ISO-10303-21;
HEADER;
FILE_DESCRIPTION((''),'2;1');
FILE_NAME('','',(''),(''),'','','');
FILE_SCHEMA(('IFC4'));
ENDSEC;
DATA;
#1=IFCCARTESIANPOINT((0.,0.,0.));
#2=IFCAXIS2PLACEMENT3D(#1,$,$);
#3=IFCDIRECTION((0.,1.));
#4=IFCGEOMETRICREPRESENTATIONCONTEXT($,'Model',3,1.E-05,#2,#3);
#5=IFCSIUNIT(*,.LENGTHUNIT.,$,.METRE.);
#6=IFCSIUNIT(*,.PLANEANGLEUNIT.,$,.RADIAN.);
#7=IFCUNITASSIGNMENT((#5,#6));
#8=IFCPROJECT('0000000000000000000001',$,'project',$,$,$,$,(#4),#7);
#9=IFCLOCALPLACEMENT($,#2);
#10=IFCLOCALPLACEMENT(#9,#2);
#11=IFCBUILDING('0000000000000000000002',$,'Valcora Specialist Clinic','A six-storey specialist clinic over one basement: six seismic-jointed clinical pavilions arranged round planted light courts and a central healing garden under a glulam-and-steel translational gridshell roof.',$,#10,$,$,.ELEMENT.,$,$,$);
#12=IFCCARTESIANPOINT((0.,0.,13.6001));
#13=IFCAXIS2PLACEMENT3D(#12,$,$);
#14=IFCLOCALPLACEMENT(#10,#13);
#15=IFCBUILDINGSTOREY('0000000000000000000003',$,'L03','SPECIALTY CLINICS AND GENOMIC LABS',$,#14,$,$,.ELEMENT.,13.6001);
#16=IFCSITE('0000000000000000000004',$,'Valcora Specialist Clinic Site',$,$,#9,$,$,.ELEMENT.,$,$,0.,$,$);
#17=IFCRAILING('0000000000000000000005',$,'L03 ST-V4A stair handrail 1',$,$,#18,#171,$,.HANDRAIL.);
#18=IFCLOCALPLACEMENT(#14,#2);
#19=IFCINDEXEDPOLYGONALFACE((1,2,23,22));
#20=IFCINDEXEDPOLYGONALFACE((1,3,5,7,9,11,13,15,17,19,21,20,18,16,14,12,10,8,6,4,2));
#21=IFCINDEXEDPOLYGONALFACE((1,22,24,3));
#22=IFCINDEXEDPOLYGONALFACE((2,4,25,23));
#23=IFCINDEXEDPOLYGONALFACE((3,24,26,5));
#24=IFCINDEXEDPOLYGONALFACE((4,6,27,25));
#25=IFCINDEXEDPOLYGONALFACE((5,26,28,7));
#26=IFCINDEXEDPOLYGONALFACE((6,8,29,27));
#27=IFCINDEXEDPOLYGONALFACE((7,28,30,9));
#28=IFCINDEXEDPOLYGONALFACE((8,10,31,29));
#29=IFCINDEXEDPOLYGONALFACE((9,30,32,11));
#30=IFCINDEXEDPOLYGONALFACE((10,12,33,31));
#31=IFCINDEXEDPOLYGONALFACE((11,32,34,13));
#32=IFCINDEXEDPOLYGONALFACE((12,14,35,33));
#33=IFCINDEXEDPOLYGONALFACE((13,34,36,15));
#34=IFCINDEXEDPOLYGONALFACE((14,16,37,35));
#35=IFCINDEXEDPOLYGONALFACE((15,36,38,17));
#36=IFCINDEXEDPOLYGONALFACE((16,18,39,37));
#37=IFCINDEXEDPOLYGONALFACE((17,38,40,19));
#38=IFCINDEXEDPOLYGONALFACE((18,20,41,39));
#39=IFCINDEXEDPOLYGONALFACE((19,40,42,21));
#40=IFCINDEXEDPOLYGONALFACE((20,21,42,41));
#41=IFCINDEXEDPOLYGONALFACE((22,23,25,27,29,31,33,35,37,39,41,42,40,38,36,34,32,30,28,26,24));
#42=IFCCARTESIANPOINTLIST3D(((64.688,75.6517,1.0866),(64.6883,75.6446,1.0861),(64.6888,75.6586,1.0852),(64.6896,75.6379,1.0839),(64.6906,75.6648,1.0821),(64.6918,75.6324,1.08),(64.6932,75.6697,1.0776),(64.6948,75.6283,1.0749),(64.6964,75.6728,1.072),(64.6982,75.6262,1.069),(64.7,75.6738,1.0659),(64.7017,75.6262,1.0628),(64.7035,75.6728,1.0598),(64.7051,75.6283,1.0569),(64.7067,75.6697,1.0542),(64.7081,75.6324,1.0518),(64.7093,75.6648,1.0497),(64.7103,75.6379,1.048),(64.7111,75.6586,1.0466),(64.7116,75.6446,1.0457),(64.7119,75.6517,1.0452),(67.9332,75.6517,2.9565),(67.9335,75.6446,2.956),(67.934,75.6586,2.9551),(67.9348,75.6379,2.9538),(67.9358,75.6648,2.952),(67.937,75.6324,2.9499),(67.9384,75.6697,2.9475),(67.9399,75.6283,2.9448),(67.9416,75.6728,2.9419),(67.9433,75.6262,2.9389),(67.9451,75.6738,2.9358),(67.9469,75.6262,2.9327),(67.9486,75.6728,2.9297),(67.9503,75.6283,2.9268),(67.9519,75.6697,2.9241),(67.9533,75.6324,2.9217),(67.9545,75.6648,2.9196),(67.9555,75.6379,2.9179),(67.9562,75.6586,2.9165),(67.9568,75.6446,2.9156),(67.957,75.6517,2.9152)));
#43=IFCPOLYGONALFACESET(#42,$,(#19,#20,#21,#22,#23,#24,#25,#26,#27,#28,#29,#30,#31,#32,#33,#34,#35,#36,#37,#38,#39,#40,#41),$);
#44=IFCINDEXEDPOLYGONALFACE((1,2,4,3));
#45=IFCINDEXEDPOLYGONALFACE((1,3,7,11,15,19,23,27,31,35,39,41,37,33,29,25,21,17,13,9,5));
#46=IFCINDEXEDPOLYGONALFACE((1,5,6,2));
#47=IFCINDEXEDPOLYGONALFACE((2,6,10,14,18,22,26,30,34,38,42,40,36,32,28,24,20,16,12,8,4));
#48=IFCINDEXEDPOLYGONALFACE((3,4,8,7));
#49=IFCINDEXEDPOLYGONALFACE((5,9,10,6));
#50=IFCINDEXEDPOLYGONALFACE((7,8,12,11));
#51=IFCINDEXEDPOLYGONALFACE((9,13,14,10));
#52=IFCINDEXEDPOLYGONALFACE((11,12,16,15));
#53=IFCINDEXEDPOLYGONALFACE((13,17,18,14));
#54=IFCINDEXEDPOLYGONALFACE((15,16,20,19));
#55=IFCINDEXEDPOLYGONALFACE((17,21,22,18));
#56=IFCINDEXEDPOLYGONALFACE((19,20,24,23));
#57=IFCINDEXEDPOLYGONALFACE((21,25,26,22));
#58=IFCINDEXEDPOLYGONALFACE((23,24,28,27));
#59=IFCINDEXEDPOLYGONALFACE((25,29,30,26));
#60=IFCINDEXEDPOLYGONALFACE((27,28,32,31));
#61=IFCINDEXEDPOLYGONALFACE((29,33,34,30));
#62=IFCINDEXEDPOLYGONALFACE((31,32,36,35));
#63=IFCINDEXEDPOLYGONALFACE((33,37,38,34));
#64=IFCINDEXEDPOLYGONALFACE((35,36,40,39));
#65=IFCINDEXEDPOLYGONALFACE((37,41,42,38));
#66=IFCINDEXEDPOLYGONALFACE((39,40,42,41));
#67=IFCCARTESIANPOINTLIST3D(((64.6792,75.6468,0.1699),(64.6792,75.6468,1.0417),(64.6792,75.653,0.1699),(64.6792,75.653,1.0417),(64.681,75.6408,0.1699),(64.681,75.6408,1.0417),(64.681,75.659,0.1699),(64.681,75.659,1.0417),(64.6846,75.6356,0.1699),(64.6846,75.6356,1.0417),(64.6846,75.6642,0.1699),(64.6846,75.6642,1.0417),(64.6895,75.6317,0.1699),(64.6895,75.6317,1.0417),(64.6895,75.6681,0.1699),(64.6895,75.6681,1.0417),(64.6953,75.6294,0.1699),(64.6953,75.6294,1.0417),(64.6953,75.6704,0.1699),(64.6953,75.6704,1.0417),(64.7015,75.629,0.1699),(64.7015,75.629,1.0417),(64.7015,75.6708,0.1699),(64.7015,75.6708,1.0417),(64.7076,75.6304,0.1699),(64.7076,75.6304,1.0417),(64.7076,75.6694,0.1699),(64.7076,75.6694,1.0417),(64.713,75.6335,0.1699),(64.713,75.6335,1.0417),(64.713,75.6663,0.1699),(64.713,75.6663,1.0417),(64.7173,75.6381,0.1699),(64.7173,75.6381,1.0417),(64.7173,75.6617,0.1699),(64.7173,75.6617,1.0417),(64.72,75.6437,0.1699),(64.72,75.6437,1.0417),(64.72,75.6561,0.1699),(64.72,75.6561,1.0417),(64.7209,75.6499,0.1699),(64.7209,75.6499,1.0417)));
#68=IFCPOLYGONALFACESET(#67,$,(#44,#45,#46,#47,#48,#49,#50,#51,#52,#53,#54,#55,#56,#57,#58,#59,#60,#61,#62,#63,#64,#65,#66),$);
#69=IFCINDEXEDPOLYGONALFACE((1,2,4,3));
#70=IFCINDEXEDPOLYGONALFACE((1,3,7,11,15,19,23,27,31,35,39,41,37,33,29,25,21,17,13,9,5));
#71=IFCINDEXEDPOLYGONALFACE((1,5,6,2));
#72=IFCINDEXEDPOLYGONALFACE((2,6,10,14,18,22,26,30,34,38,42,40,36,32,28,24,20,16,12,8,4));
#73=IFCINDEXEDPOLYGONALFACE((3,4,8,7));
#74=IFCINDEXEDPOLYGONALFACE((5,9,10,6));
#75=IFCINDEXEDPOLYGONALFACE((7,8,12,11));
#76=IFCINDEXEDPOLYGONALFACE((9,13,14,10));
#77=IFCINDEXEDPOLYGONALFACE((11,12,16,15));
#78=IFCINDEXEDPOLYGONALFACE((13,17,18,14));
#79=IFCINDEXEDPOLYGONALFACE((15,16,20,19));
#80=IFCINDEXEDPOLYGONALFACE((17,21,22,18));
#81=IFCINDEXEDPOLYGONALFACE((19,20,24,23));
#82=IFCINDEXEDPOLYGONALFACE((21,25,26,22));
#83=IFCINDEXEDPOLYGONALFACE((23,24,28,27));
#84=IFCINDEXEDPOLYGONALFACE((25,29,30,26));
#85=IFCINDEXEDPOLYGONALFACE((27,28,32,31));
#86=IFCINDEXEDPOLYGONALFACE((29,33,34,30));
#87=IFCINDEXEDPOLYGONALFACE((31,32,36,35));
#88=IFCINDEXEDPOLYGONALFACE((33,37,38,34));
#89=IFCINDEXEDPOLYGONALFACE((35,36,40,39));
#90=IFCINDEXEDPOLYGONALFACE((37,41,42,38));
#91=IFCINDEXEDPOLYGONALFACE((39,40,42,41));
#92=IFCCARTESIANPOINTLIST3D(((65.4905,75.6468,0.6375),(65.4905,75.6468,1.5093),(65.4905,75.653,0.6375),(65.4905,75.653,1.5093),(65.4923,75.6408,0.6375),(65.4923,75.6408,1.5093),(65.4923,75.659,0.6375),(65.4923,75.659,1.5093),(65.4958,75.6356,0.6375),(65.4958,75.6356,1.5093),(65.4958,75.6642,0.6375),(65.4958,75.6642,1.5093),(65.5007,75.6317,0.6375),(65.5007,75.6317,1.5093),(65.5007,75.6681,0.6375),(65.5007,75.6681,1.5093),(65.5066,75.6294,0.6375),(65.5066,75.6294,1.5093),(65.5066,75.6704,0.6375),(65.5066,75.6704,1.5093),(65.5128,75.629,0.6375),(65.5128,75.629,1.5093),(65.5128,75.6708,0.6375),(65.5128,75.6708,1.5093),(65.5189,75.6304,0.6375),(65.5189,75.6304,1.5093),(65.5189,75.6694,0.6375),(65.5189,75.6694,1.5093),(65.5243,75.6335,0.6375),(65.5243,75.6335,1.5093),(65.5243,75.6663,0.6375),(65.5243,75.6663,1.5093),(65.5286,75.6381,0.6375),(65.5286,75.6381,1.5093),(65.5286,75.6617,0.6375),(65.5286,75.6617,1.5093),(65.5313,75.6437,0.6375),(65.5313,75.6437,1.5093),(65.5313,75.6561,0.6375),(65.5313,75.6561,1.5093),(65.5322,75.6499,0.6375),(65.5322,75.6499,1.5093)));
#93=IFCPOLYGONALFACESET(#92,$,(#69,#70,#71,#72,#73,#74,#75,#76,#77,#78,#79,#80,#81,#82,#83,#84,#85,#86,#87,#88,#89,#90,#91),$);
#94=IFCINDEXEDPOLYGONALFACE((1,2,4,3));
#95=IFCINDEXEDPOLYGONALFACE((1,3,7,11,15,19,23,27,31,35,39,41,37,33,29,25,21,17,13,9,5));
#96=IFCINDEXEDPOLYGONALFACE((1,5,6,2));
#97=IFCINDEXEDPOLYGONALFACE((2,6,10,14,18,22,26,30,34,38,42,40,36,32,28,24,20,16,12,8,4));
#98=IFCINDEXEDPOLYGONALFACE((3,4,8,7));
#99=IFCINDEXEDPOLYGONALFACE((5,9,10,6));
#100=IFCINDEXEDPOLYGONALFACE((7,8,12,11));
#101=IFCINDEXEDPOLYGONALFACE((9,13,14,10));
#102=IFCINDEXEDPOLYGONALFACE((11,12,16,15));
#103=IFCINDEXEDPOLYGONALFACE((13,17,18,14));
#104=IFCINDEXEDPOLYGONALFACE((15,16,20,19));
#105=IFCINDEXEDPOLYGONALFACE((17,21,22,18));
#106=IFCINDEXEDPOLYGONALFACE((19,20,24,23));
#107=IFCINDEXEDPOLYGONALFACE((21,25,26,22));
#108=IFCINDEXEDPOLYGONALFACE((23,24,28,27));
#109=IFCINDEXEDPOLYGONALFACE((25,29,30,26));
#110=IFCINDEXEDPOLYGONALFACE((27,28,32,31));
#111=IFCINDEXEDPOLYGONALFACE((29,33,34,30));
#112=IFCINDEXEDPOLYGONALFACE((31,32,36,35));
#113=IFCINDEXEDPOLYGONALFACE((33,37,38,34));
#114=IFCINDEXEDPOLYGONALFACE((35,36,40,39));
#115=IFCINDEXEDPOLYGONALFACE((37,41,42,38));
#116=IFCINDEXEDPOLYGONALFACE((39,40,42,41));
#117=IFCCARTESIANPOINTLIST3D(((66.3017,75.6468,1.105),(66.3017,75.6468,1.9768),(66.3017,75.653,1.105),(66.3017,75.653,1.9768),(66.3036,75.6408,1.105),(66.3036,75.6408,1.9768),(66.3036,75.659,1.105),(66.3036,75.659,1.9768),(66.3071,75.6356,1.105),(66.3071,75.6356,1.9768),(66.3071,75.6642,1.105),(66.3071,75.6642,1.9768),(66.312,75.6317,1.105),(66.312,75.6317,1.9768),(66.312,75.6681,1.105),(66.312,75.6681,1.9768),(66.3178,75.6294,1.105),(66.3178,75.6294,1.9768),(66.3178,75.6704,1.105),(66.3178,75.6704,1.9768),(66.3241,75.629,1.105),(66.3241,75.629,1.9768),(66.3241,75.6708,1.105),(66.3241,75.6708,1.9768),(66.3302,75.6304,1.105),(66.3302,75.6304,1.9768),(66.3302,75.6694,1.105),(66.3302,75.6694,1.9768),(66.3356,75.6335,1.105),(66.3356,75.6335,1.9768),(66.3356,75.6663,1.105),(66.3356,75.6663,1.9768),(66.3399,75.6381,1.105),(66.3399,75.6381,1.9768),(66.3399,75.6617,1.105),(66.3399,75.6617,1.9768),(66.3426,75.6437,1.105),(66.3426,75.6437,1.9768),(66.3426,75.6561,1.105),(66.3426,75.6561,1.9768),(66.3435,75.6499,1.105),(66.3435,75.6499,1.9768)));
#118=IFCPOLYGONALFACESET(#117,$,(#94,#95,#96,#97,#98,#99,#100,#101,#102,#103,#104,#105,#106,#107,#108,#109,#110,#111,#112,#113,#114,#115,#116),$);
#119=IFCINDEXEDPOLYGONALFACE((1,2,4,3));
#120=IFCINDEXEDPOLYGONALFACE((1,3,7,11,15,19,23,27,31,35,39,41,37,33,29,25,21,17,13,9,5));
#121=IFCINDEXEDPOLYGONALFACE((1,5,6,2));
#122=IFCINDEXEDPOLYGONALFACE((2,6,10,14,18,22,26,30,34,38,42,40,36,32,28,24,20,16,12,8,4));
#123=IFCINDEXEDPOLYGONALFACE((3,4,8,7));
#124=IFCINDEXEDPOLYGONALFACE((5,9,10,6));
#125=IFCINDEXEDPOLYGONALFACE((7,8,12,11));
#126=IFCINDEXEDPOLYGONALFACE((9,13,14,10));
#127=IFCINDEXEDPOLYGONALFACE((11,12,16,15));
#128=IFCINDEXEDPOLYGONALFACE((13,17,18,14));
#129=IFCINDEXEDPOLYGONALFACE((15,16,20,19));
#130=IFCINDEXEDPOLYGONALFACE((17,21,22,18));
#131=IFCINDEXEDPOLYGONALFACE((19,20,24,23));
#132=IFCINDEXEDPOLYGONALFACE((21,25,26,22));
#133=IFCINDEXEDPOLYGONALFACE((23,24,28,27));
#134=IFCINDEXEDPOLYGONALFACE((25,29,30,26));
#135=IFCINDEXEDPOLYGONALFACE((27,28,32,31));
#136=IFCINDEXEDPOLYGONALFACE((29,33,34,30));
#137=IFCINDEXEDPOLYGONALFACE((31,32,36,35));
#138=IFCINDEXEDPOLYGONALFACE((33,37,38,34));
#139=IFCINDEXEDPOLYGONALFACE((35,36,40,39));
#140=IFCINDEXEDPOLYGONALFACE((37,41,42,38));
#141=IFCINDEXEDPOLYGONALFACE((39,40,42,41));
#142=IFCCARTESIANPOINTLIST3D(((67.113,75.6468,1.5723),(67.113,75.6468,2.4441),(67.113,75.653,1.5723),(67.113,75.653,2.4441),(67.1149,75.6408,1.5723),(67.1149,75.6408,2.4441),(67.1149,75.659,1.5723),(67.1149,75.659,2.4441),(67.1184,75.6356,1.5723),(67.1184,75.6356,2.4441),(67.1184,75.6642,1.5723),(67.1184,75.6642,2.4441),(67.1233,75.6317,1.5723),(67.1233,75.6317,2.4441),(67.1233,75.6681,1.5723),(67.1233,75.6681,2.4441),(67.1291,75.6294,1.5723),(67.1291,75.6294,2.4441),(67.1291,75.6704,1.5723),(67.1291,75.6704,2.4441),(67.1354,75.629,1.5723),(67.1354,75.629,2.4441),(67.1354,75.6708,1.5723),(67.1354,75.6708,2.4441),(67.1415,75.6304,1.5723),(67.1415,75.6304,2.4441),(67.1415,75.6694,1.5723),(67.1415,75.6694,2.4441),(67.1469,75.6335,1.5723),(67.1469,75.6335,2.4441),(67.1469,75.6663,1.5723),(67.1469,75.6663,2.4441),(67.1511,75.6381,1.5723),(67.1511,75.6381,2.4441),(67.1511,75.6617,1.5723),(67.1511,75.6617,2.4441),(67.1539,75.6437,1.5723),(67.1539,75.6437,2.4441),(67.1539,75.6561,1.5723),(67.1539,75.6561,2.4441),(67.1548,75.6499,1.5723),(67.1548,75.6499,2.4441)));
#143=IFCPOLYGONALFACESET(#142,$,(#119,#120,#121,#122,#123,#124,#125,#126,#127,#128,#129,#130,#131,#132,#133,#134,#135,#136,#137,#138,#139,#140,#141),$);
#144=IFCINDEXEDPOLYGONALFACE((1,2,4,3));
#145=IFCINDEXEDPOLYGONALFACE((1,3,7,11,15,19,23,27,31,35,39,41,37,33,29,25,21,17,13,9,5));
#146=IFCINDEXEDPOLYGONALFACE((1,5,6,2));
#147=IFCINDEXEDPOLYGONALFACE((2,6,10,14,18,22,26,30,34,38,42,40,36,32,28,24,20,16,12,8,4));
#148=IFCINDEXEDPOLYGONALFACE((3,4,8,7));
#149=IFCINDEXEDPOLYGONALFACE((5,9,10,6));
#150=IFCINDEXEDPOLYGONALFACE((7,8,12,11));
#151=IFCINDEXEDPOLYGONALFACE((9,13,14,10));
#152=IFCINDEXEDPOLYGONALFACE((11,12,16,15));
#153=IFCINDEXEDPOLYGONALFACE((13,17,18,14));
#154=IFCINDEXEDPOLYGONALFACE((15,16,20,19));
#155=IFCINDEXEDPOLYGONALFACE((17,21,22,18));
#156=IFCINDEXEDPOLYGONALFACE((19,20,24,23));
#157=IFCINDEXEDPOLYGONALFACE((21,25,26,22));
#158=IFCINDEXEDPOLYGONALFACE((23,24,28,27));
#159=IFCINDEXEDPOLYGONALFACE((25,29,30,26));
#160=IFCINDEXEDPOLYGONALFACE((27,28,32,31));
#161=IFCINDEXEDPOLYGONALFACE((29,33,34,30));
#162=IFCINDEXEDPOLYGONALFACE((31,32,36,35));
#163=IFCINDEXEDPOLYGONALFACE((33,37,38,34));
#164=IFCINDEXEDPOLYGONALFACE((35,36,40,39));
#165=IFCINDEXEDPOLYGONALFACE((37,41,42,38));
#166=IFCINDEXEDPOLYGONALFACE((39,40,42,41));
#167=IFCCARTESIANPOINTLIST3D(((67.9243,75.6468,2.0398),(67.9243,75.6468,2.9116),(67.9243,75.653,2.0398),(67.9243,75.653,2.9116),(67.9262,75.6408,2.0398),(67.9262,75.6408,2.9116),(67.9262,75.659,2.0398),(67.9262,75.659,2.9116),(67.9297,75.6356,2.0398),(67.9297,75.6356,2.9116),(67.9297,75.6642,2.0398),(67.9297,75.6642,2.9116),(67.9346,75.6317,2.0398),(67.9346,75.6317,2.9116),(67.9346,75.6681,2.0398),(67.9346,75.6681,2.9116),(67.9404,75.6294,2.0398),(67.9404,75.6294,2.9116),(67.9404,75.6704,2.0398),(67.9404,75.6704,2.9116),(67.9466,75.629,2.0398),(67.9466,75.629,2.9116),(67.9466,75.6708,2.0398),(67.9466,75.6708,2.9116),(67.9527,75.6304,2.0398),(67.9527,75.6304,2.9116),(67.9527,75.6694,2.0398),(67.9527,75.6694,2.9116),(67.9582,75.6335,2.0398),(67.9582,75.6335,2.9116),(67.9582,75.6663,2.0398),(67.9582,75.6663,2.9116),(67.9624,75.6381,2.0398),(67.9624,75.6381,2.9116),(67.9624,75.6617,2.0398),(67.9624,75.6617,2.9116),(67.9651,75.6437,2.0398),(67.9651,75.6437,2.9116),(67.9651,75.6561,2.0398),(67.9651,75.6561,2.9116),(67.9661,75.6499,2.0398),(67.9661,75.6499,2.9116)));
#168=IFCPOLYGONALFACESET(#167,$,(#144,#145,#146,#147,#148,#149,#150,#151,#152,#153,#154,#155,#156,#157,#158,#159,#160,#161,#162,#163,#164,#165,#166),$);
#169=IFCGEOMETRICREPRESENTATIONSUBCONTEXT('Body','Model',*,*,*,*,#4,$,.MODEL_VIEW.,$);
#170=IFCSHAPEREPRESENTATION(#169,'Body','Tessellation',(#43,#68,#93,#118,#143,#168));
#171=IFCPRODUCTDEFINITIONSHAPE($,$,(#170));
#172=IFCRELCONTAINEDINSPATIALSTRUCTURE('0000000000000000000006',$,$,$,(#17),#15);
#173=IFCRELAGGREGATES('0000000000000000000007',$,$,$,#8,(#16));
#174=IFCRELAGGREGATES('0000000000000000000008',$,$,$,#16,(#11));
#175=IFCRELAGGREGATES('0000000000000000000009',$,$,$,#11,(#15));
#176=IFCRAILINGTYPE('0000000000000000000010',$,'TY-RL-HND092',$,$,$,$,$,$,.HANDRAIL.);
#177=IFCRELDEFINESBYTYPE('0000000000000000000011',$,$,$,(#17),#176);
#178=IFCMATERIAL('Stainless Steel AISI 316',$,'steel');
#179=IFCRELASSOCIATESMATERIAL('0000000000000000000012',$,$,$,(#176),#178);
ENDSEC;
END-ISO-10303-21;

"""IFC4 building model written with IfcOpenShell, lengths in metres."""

from ifc_helpers import new_model, si_unit, direction, frame, origin, origin_2d, place, context, subcontext, project, spatial, circle, extrude, material, type_object, element, save


model = new_model("IFC4")

# Units and contexts
model_context = context("Model", 3, precision=1e-05, world=origin(), true_north=direction((0.0, 1.0)))
body_context = subcontext(model_context, "Body", "Model", "MODEL_VIEW")
ifc_project = project(units=[si_unit("LENGTHUNIT", "METRE"), si_unit("PLANEANGLEUNIT", "RADIAN")], contexts=[model_context])

# Site, building, storey
site_placement = place(None, origin())
site = spatial("IfcSite", under=ifc_project, at=site_placement, Name="Valcora Specialist Clinic Site", CompositionType="ELEMENT", RefElevation=0.0)
building_placement = place(site_placement, origin())
building = spatial("IfcBuilding", under=site, at=building_placement, Name="Valcora Specialist Clinic", Description="A six-storey specialist clinic over one basement: six seismic-jointed clinical pavilions arranged round planted light courts and a central healing garden under a glulam-and-steel translational gridshell roof.", CompositionType="ELEMENT")
storey_placement = place(building_placement, frame((0.0, 0.0, 13.6001)))
storey = spatial("IfcBuildingStorey", under=building, at=storey_placement, Name="L03", Description="SPECIALTY CLINICS AND GENOMIC LABS", CompositionType="ELEMENT", Elevation=13.6001)

# Shared definitions
ifc_material_1 = material(Name="Stainless Steel AISI 316", Category="steel")

# Railing
railing_type_1 = type_object("IfcRailingType", Name="TY-RL-HND092", PredefinedType="HANDRAIL", material=ifc_material_1)
railing_1_placement = place(storey_placement, frame((64.7, 75.6499, 0.1699)))
element("IfcRailing", 1, at=railing_1_placement, inside=storey, type_object=railing_type_1, Name="L03 ST-V4A stair handrail 1", PredefinedType="HANDRAIL", context=body_context, shape_type="SweptSolid", body=[
    extrude(circle(Radius=0.0239, at=origin_2d()), frame((0.0, 0.0, 0.896), z_axis=(0.866452, 0.0, 0.49926), x_axis=(0.0, 1.0, 0.0)), (0.0, 0.0, 1.0), 3.7454),
    extrude(circle(Radius=0.021, at=origin_2d()), origin(), (0.0, 0.0, 1.0), 0.8718),
    extrude(circle(Radius=0.021, at=origin_2d()), frame((0.8113, 0.0, 0.4675)), (0.0, 0.0, 1.0), 0.8718),
    extrude(circle(Radius=0.021, at=origin_2d()), frame((1.6226, 0.0, 0.9351)), (0.0, 0.0, 1.0), 0.8718),
    extrude(circle(Radius=0.021, at=origin_2d()), frame((2.4338, 0.0, 1.4023)), (0.0, 0.0, 1.0), 0.8718),
    extrude(circle(Radius=0.021, at=origin_2d()), frame((3.2451, 0.0, 1.8699)), (0.0, 0.0, 1.0), 0.8718),
])

save(model, "model.ifc")
